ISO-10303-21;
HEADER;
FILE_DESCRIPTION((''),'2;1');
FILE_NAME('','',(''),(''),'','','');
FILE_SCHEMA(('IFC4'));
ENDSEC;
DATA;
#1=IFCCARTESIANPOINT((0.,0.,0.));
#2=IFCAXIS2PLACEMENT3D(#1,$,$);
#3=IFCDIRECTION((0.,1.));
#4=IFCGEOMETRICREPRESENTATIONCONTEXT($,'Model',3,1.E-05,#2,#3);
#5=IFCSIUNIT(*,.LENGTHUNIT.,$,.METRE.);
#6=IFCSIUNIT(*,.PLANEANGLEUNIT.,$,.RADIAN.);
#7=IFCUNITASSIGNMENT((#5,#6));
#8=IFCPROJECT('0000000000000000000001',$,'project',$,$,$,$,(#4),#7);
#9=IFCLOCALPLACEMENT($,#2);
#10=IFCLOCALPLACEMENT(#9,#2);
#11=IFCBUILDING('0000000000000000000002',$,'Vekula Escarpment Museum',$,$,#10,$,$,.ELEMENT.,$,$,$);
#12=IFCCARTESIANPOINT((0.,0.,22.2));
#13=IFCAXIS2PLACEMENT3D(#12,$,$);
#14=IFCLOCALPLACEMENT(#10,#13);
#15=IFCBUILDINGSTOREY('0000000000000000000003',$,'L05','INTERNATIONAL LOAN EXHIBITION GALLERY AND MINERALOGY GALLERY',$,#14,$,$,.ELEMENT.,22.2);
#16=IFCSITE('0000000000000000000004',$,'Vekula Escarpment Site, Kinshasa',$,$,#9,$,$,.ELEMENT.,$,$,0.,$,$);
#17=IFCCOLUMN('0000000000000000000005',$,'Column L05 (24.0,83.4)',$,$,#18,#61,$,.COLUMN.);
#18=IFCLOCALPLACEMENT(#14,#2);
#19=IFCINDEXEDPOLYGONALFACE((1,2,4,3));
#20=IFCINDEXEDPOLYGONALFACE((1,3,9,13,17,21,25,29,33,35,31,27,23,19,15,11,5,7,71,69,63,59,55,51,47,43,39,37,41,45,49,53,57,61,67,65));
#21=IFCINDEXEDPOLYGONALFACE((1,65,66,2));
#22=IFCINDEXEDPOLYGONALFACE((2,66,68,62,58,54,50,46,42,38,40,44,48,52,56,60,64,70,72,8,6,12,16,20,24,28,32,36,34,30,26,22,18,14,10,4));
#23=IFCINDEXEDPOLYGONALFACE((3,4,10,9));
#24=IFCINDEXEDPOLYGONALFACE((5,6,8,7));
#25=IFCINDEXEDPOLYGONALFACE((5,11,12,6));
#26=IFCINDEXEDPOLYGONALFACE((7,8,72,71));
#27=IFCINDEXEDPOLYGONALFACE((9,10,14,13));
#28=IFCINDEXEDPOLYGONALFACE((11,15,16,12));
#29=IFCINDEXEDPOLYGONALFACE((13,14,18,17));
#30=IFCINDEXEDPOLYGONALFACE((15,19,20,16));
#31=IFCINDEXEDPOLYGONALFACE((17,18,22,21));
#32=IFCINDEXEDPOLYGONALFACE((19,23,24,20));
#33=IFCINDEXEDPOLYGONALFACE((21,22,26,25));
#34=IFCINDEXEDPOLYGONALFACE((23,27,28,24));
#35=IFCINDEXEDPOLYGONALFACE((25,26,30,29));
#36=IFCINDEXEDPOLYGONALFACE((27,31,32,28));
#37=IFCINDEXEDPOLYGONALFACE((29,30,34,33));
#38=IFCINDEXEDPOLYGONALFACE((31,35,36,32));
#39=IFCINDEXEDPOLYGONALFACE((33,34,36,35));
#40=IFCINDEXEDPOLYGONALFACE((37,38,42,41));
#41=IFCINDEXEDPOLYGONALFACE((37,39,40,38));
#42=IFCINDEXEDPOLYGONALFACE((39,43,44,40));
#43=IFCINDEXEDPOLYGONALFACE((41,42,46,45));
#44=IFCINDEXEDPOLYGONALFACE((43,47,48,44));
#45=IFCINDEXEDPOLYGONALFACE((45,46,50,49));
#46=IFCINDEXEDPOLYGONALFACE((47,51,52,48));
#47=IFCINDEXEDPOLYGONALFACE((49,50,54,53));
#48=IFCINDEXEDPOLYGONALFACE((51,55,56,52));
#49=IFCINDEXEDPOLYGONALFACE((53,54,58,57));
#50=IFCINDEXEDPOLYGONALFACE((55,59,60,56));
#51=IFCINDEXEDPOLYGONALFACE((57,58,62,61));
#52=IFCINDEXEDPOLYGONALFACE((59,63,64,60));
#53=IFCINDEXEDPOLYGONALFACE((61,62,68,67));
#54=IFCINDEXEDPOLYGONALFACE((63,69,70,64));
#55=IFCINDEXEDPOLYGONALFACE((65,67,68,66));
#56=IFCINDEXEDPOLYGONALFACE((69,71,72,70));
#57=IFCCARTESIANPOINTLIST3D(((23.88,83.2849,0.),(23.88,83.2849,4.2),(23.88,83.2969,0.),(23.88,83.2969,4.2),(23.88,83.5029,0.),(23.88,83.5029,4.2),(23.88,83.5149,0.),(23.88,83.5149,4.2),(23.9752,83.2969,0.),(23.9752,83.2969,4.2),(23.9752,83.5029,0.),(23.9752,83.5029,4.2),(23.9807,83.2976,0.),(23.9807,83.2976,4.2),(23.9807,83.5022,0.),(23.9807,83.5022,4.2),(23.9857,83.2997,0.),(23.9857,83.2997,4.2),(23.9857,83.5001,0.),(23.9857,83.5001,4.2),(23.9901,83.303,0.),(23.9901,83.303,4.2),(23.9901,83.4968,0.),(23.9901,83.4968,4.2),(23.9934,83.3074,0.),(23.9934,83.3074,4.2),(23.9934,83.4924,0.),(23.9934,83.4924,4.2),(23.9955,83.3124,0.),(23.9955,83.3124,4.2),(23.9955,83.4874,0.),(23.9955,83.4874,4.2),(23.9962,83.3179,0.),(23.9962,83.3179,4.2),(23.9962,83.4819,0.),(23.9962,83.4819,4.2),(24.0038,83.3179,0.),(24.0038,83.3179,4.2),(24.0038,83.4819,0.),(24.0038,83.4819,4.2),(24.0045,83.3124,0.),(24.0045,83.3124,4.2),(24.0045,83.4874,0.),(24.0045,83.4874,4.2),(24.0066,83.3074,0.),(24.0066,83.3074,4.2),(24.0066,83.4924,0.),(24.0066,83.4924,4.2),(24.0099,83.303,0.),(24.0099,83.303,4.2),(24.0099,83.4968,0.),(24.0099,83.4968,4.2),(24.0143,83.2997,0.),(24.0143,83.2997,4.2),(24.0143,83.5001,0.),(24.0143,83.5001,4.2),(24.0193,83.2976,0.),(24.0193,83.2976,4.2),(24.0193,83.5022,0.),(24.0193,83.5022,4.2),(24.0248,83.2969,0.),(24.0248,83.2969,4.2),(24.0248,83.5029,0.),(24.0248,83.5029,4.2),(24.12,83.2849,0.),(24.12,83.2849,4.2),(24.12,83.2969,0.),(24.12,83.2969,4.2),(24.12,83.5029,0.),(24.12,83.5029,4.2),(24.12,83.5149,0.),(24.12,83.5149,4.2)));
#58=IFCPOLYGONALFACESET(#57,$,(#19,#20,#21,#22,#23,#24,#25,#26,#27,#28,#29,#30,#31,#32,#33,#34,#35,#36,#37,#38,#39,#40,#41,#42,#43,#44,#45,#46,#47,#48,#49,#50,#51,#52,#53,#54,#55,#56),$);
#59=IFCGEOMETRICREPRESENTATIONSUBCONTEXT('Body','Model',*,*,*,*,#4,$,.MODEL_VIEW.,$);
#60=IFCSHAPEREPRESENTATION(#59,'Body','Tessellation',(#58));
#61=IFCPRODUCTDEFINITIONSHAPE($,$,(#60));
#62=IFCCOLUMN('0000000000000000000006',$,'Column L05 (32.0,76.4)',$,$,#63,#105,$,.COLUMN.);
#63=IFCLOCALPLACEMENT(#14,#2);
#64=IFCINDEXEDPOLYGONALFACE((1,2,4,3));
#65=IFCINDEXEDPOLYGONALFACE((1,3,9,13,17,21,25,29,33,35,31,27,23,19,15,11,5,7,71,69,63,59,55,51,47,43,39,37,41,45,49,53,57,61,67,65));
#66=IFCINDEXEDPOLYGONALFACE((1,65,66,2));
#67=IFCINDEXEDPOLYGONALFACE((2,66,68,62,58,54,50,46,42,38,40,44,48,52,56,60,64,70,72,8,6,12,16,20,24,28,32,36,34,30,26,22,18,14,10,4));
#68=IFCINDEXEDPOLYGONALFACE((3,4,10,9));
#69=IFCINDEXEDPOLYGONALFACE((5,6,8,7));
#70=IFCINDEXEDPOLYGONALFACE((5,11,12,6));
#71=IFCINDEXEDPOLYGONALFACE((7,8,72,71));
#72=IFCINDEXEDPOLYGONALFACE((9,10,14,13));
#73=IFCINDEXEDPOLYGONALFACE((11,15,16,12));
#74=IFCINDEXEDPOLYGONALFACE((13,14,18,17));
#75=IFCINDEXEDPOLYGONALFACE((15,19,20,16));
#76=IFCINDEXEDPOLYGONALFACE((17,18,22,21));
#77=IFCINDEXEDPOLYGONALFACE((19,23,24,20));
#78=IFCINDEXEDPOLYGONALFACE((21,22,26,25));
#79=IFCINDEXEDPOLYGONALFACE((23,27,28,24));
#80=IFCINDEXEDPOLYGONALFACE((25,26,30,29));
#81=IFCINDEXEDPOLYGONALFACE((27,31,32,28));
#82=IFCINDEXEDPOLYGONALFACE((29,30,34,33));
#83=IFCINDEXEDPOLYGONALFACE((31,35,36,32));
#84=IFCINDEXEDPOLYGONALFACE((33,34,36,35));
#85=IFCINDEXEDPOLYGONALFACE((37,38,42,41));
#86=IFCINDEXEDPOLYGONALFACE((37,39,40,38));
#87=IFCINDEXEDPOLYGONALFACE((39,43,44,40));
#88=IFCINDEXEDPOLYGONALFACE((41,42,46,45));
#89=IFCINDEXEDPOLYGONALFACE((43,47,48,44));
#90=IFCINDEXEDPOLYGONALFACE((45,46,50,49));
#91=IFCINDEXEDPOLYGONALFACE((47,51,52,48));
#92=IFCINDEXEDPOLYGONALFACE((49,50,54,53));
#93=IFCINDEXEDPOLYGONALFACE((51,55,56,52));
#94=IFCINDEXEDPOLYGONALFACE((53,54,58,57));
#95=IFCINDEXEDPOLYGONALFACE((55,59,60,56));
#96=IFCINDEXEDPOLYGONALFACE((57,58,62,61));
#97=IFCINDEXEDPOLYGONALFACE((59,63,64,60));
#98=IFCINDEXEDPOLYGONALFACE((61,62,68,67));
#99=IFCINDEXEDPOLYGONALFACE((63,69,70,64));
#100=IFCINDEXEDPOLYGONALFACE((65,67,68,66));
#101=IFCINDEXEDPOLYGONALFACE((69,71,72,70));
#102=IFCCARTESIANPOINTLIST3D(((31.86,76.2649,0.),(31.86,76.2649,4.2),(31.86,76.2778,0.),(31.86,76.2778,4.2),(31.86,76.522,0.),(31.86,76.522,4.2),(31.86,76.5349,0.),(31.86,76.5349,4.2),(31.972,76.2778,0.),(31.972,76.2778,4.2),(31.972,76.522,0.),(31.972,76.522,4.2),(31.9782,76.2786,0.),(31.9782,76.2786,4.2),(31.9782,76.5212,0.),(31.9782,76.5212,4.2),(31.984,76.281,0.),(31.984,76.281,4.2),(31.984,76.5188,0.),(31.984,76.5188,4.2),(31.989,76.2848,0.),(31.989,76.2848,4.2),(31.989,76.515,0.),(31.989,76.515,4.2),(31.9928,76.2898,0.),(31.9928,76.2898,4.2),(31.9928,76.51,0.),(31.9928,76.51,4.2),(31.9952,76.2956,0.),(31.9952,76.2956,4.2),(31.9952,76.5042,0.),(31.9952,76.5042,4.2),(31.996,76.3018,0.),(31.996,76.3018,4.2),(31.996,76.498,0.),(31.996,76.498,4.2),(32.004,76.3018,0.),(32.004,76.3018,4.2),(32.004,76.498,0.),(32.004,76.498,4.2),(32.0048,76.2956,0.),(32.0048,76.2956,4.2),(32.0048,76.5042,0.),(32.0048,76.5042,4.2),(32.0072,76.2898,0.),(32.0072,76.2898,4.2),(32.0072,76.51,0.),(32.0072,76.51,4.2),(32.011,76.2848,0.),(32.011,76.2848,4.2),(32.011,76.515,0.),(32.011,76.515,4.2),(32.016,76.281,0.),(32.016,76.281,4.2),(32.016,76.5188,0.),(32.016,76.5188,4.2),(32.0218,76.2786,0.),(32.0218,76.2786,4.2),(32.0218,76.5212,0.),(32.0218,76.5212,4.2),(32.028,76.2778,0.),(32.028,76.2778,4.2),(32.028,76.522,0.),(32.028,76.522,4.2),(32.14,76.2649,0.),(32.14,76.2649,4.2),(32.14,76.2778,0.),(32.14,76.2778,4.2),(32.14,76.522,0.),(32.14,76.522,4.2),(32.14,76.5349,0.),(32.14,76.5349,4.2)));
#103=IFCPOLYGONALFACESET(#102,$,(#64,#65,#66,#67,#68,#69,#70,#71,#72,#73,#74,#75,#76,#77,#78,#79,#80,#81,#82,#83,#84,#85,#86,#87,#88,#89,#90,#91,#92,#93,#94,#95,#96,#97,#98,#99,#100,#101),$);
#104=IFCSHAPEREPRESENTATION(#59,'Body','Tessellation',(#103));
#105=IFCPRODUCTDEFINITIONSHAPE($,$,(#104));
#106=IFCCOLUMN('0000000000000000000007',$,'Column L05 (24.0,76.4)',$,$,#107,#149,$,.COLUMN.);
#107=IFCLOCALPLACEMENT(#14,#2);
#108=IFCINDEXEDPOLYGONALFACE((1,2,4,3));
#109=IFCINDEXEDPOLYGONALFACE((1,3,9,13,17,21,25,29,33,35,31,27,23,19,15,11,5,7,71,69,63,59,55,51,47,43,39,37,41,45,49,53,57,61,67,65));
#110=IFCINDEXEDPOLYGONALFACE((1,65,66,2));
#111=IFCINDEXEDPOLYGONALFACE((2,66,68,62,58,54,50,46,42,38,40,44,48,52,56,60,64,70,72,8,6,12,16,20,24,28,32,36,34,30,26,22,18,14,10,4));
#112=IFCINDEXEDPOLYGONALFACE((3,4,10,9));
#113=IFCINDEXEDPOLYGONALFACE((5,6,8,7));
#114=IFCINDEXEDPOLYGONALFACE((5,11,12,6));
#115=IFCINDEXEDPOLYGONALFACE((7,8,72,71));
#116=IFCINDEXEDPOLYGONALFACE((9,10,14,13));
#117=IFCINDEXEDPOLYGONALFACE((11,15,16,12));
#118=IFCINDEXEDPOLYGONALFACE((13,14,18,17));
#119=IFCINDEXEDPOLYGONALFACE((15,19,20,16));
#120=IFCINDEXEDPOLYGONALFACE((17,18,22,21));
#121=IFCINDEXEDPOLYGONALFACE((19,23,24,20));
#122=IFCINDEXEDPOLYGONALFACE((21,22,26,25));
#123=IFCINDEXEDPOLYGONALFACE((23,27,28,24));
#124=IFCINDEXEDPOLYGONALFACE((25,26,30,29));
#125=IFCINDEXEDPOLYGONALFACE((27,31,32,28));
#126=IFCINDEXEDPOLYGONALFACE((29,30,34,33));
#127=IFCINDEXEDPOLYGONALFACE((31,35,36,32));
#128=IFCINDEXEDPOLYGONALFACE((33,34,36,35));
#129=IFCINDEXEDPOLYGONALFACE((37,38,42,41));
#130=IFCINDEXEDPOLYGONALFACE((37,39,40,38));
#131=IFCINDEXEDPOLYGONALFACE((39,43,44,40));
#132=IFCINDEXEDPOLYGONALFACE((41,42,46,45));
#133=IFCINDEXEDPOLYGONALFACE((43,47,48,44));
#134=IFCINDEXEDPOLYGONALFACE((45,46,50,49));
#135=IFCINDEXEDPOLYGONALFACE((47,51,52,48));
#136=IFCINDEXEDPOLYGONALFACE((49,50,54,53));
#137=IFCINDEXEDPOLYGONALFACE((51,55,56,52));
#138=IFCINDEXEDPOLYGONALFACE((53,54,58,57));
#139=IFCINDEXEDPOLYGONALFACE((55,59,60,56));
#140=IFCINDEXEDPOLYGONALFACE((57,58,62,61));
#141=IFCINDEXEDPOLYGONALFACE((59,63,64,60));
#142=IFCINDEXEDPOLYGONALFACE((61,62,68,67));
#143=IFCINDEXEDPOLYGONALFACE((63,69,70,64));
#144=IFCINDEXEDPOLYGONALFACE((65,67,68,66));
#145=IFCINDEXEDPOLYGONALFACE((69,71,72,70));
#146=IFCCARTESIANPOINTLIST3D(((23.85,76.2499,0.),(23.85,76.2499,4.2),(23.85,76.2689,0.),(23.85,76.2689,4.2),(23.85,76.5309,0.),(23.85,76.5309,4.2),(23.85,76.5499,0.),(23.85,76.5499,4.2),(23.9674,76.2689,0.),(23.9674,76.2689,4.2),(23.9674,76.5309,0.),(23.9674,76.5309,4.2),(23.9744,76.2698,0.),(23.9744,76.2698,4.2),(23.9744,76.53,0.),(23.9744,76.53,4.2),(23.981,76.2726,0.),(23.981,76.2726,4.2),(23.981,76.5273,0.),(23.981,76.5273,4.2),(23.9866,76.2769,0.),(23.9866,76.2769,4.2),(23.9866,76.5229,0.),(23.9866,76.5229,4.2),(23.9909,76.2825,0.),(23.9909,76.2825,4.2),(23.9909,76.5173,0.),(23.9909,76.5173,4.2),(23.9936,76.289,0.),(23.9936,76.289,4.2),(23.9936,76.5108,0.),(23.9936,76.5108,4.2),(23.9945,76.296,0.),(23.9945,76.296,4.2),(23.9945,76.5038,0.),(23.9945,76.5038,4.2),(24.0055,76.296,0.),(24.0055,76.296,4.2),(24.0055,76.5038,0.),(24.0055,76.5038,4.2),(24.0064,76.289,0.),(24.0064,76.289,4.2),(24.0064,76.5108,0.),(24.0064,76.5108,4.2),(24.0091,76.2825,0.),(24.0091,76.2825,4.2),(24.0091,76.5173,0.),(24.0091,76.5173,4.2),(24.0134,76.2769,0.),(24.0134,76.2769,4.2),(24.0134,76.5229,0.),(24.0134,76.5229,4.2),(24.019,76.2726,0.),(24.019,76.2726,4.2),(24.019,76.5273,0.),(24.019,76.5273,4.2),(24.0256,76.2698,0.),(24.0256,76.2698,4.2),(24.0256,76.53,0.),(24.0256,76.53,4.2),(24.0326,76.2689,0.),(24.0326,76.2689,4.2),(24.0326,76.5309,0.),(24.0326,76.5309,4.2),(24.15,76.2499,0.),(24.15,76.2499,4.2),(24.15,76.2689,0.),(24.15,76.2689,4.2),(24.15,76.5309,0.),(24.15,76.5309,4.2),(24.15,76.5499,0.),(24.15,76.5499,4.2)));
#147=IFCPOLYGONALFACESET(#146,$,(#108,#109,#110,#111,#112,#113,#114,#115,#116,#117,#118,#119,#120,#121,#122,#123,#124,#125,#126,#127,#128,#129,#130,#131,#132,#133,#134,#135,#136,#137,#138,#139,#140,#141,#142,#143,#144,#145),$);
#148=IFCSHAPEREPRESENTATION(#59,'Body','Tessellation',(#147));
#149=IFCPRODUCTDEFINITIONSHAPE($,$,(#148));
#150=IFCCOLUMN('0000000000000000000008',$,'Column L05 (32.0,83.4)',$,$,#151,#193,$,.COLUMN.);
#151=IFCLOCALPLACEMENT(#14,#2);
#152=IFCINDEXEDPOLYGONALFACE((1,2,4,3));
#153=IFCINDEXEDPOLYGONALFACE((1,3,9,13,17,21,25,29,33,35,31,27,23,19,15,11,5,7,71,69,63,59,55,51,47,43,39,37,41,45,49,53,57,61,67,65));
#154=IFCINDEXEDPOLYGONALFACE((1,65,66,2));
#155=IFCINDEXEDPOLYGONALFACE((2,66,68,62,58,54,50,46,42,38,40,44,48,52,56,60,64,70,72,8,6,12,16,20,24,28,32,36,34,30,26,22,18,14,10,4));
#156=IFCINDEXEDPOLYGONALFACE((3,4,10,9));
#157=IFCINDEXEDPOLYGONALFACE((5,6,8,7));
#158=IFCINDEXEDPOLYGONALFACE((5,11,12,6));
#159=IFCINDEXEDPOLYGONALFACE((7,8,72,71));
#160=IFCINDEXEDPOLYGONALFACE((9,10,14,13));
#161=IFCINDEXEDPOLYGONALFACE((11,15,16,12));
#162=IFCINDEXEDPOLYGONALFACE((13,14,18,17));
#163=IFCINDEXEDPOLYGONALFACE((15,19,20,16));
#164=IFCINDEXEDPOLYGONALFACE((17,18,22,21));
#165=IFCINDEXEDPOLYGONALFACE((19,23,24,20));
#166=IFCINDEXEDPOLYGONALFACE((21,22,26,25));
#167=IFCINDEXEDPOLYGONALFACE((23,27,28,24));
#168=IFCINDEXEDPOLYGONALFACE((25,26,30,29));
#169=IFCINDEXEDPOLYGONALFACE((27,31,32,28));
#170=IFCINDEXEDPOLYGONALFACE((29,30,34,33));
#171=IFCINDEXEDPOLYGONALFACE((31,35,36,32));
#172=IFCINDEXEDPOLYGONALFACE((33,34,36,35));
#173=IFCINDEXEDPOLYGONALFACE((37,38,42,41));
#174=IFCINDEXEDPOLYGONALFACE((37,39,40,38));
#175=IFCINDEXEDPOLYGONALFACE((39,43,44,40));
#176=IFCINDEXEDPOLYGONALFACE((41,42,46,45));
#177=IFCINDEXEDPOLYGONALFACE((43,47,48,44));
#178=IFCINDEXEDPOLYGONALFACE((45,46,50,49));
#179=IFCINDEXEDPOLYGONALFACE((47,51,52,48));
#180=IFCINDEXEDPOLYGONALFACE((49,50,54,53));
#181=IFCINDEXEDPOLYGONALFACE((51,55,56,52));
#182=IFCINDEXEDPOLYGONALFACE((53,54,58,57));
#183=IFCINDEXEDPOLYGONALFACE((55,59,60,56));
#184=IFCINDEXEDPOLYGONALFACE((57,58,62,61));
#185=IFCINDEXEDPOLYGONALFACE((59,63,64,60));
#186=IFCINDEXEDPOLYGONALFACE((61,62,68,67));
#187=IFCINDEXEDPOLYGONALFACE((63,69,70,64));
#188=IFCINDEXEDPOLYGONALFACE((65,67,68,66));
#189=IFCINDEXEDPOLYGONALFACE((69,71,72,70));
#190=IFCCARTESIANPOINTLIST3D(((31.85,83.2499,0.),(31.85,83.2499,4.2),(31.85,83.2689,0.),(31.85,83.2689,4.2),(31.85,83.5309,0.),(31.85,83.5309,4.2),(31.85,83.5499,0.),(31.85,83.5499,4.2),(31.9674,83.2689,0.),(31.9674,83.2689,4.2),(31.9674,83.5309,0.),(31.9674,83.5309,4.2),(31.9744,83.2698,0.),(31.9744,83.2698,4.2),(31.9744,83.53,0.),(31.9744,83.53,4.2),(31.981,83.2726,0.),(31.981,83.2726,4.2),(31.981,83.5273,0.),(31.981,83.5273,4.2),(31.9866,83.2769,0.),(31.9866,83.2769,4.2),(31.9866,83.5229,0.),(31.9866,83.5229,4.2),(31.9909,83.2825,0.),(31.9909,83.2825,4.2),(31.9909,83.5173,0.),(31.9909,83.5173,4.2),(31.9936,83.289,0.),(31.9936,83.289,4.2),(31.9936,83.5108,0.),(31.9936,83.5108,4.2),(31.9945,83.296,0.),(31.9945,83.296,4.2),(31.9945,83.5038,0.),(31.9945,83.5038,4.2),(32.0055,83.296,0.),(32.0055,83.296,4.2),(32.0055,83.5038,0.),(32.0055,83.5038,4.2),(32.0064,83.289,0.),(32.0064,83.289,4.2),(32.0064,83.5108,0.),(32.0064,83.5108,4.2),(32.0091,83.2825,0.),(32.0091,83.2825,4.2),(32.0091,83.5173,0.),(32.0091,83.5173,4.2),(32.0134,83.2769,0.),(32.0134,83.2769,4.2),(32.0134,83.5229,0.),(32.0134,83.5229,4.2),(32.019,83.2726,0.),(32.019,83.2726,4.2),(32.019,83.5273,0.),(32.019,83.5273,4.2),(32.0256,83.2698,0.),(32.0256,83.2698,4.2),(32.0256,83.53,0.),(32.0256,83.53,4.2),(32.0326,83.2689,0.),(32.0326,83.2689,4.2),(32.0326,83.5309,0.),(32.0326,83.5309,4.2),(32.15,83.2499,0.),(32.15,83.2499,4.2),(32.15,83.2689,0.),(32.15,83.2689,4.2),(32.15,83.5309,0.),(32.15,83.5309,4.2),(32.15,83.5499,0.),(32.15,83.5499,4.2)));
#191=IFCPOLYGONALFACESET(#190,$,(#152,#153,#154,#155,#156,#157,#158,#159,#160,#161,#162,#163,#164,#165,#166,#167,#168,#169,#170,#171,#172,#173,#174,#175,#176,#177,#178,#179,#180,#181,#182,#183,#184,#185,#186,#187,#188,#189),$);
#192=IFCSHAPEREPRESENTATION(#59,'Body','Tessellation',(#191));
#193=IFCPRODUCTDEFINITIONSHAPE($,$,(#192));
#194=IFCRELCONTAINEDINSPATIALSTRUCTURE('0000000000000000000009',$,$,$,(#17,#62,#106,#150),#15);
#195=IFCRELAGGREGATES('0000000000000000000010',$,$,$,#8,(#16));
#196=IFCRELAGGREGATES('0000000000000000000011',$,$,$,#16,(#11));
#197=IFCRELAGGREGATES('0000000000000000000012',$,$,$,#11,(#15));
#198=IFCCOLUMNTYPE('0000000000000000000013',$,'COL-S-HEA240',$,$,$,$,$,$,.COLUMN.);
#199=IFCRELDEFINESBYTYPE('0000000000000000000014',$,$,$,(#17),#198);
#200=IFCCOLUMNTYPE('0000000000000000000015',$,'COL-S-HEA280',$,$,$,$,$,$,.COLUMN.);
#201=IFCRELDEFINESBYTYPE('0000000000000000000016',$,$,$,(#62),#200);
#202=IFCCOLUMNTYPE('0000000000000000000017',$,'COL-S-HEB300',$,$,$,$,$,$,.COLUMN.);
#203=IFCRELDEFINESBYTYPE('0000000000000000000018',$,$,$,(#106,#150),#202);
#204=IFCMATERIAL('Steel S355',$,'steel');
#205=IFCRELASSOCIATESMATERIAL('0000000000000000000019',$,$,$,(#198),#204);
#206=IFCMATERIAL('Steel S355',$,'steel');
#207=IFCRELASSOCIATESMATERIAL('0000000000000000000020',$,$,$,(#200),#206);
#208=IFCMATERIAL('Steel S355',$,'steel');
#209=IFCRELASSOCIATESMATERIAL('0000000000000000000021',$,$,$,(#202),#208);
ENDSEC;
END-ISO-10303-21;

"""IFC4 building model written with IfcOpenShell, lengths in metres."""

from ifc_helpers import new_model, si_unit, direction, frame, origin, origin_2d, place, context, subcontext, project, spatial, i_section, extrude, material, material_profile, profile_set, type_object, element, save


model = new_model("IFC4")

# Units and contexts
model_context = context("Model", 3, precision=1e-05, world=origin(), true_north=direction((0.0, 1.0)))
body_context = subcontext(model_context, "Body", "Model", "MODEL_VIEW")
ifc_project = project(units=[si_unit("LENGTHUNIT", "METRE"), si_unit("PLANEANGLEUNIT", "RADIAN")], contexts=[model_context])

# Site, building, storey
site_placement = place(None, origin())
site = spatial("IfcSite", under=ifc_project, at=site_placement, Name="Vekula Escarpment Site, Kinshasa", CompositionType="ELEMENT", RefElevation=0.0)
building_placement = place(site_placement, origin())
building = spatial("IfcBuilding", under=site, at=building_placement, Name="Vekula Escarpment Museum", CompositionType="ELEMENT")
storey_placement = place(building_placement, frame((0.0, 0.0, 22.2)))
storey = spatial("IfcBuildingStorey", under=building, at=storey_placement, Name="L05", Description="INTERNATIONAL LOAN EXHIBITION GALLERY AND MINERALOGY GALLERY", CompositionType="ELEMENT", Elevation=22.2)

# Columns
ifc_material_1 = material(Name="Steel S355", Category="steel")
ifc_material_profile_1 = material_profile(ifc_material_1, i_section(OverallWidth=0.24, OverallDepth=0.23, WebThickness=0.0076, FlangeThickness=0.012, FilletRadius=0.021, at=origin_2d()), Name="HEA 240")
ifc_profile_set_1 = profile_set([ifc_material_profile_1], Name="Steel S355")
column_type_1 = type_object("IfcColumnType", Name="COL-S-HEA240", PredefinedType="COLUMN", material=ifc_profile_set_1)
column_1_placement = place(storey_placement, frame((24.0, 83.3999, 0.0), z_axis=(0.0, 0.0, 1.0), x_axis=(1.0, 0.0, 0.0)))
element("IfcColumn", 1, at=column_1_placement, inside=storey, type_object=column_type_1, Name="Column L05 (24.0,83.4)", PredefinedType="COLUMN", context=body_context, shape_type="SweptSolid", body=[
    extrude(i_section(OverallWidth=0.24, OverallDepth=0.23, WebThickness=0.0076, FlangeThickness=0.012, FilletRadius=0.021, at=origin_2d()), origin(), (0.0, 0.0, 1.0), 4.2),
])
ifc_material_2 = material(Name="Steel S355", Category="steel")
ifc_material_profile_2 = material_profile(ifc_material_2, i_section(OverallWidth=0.28, OverallDepth=0.27, WebThickness=0.0081, FlangeThickness=0.0129, FilletRadius=0.0239, at=origin_2d()), Name="HEA 280")
ifc_profile_set_2 = profile_set([ifc_material_profile_2], Name="Steel S355")
column_type_2 = type_object("IfcColumnType", Name="COL-S-HEA280", PredefinedType="COLUMN", material=ifc_profile_set_2)
column_2_placement = place(storey_placement, frame((32.0, 76.3999, 0.0), z_axis=(0.0, 0.0, 1.0), x_axis=(1.0, 0.0, 0.0)))
element("IfcColumn", 2, at=column_2_placement, inside=storey, type_object=column_type_2, Name="Column L05 (32.0,76.4)", PredefinedType="COLUMN", context=body_context, shape_type="SweptSolid", body=[
    extrude(i_section(OverallWidth=0.28, OverallDepth=0.27, WebThickness=0.0081, FlangeThickness=0.0129, FilletRadius=0.0239, at=origin_2d()), origin(), (0.0, 0.0, 1.0), 4.2),
])
ifc_material_3 = material(Name="Steel S355", Category="steel")
ifc_material_profile_3 = material_profile(ifc_material_3, i_section(OverallWidth=0.3, OverallDepth=0.3, WebThickness=0.011, FlangeThickness=0.019, FilletRadius=0.0271, at=origin_2d()), Name="HEB 300")
ifc_profile_set_3 = profile_set([ifc_material_profile_3], Name="Steel S355")
column_type_3 = type_object("IfcColumnType", Name="COL-S-HEB300", PredefinedType="COLUMN", material=ifc_profile_set_3)
for number, where, z_axis, x_axis, name in (
    (3, (24.0, 76.3999, 0.0), (0.0, 0.0, 1.0), (1.0, 0.0, 0.0), "Column L05 (24.0,76.4)"),
    (4, (32.0, 83.3999, 0.0), (0.0, 0.0, 1.0), (1.0, 0.0, 0.0), "Column L05 (32.0,83.4)"),
):
    element("IfcColumn", number, at=place(storey_placement, frame(where, z_axis=z_axis, x_axis=x_axis)), inside=storey, type_object=column_type_3, Name=name, PredefinedType="COLUMN", context=body_context, shape_type="SweptSolid", body=[
        extrude(i_section(OverallWidth=0.3, OverallDepth=0.3, WebThickness=0.011, FlangeThickness=0.019, FilletRadius=0.0271, at=origin_2d()), origin(), (0.0, 0.0, 1.0), 4.2),
    ])

save(model, "model.ifc")
